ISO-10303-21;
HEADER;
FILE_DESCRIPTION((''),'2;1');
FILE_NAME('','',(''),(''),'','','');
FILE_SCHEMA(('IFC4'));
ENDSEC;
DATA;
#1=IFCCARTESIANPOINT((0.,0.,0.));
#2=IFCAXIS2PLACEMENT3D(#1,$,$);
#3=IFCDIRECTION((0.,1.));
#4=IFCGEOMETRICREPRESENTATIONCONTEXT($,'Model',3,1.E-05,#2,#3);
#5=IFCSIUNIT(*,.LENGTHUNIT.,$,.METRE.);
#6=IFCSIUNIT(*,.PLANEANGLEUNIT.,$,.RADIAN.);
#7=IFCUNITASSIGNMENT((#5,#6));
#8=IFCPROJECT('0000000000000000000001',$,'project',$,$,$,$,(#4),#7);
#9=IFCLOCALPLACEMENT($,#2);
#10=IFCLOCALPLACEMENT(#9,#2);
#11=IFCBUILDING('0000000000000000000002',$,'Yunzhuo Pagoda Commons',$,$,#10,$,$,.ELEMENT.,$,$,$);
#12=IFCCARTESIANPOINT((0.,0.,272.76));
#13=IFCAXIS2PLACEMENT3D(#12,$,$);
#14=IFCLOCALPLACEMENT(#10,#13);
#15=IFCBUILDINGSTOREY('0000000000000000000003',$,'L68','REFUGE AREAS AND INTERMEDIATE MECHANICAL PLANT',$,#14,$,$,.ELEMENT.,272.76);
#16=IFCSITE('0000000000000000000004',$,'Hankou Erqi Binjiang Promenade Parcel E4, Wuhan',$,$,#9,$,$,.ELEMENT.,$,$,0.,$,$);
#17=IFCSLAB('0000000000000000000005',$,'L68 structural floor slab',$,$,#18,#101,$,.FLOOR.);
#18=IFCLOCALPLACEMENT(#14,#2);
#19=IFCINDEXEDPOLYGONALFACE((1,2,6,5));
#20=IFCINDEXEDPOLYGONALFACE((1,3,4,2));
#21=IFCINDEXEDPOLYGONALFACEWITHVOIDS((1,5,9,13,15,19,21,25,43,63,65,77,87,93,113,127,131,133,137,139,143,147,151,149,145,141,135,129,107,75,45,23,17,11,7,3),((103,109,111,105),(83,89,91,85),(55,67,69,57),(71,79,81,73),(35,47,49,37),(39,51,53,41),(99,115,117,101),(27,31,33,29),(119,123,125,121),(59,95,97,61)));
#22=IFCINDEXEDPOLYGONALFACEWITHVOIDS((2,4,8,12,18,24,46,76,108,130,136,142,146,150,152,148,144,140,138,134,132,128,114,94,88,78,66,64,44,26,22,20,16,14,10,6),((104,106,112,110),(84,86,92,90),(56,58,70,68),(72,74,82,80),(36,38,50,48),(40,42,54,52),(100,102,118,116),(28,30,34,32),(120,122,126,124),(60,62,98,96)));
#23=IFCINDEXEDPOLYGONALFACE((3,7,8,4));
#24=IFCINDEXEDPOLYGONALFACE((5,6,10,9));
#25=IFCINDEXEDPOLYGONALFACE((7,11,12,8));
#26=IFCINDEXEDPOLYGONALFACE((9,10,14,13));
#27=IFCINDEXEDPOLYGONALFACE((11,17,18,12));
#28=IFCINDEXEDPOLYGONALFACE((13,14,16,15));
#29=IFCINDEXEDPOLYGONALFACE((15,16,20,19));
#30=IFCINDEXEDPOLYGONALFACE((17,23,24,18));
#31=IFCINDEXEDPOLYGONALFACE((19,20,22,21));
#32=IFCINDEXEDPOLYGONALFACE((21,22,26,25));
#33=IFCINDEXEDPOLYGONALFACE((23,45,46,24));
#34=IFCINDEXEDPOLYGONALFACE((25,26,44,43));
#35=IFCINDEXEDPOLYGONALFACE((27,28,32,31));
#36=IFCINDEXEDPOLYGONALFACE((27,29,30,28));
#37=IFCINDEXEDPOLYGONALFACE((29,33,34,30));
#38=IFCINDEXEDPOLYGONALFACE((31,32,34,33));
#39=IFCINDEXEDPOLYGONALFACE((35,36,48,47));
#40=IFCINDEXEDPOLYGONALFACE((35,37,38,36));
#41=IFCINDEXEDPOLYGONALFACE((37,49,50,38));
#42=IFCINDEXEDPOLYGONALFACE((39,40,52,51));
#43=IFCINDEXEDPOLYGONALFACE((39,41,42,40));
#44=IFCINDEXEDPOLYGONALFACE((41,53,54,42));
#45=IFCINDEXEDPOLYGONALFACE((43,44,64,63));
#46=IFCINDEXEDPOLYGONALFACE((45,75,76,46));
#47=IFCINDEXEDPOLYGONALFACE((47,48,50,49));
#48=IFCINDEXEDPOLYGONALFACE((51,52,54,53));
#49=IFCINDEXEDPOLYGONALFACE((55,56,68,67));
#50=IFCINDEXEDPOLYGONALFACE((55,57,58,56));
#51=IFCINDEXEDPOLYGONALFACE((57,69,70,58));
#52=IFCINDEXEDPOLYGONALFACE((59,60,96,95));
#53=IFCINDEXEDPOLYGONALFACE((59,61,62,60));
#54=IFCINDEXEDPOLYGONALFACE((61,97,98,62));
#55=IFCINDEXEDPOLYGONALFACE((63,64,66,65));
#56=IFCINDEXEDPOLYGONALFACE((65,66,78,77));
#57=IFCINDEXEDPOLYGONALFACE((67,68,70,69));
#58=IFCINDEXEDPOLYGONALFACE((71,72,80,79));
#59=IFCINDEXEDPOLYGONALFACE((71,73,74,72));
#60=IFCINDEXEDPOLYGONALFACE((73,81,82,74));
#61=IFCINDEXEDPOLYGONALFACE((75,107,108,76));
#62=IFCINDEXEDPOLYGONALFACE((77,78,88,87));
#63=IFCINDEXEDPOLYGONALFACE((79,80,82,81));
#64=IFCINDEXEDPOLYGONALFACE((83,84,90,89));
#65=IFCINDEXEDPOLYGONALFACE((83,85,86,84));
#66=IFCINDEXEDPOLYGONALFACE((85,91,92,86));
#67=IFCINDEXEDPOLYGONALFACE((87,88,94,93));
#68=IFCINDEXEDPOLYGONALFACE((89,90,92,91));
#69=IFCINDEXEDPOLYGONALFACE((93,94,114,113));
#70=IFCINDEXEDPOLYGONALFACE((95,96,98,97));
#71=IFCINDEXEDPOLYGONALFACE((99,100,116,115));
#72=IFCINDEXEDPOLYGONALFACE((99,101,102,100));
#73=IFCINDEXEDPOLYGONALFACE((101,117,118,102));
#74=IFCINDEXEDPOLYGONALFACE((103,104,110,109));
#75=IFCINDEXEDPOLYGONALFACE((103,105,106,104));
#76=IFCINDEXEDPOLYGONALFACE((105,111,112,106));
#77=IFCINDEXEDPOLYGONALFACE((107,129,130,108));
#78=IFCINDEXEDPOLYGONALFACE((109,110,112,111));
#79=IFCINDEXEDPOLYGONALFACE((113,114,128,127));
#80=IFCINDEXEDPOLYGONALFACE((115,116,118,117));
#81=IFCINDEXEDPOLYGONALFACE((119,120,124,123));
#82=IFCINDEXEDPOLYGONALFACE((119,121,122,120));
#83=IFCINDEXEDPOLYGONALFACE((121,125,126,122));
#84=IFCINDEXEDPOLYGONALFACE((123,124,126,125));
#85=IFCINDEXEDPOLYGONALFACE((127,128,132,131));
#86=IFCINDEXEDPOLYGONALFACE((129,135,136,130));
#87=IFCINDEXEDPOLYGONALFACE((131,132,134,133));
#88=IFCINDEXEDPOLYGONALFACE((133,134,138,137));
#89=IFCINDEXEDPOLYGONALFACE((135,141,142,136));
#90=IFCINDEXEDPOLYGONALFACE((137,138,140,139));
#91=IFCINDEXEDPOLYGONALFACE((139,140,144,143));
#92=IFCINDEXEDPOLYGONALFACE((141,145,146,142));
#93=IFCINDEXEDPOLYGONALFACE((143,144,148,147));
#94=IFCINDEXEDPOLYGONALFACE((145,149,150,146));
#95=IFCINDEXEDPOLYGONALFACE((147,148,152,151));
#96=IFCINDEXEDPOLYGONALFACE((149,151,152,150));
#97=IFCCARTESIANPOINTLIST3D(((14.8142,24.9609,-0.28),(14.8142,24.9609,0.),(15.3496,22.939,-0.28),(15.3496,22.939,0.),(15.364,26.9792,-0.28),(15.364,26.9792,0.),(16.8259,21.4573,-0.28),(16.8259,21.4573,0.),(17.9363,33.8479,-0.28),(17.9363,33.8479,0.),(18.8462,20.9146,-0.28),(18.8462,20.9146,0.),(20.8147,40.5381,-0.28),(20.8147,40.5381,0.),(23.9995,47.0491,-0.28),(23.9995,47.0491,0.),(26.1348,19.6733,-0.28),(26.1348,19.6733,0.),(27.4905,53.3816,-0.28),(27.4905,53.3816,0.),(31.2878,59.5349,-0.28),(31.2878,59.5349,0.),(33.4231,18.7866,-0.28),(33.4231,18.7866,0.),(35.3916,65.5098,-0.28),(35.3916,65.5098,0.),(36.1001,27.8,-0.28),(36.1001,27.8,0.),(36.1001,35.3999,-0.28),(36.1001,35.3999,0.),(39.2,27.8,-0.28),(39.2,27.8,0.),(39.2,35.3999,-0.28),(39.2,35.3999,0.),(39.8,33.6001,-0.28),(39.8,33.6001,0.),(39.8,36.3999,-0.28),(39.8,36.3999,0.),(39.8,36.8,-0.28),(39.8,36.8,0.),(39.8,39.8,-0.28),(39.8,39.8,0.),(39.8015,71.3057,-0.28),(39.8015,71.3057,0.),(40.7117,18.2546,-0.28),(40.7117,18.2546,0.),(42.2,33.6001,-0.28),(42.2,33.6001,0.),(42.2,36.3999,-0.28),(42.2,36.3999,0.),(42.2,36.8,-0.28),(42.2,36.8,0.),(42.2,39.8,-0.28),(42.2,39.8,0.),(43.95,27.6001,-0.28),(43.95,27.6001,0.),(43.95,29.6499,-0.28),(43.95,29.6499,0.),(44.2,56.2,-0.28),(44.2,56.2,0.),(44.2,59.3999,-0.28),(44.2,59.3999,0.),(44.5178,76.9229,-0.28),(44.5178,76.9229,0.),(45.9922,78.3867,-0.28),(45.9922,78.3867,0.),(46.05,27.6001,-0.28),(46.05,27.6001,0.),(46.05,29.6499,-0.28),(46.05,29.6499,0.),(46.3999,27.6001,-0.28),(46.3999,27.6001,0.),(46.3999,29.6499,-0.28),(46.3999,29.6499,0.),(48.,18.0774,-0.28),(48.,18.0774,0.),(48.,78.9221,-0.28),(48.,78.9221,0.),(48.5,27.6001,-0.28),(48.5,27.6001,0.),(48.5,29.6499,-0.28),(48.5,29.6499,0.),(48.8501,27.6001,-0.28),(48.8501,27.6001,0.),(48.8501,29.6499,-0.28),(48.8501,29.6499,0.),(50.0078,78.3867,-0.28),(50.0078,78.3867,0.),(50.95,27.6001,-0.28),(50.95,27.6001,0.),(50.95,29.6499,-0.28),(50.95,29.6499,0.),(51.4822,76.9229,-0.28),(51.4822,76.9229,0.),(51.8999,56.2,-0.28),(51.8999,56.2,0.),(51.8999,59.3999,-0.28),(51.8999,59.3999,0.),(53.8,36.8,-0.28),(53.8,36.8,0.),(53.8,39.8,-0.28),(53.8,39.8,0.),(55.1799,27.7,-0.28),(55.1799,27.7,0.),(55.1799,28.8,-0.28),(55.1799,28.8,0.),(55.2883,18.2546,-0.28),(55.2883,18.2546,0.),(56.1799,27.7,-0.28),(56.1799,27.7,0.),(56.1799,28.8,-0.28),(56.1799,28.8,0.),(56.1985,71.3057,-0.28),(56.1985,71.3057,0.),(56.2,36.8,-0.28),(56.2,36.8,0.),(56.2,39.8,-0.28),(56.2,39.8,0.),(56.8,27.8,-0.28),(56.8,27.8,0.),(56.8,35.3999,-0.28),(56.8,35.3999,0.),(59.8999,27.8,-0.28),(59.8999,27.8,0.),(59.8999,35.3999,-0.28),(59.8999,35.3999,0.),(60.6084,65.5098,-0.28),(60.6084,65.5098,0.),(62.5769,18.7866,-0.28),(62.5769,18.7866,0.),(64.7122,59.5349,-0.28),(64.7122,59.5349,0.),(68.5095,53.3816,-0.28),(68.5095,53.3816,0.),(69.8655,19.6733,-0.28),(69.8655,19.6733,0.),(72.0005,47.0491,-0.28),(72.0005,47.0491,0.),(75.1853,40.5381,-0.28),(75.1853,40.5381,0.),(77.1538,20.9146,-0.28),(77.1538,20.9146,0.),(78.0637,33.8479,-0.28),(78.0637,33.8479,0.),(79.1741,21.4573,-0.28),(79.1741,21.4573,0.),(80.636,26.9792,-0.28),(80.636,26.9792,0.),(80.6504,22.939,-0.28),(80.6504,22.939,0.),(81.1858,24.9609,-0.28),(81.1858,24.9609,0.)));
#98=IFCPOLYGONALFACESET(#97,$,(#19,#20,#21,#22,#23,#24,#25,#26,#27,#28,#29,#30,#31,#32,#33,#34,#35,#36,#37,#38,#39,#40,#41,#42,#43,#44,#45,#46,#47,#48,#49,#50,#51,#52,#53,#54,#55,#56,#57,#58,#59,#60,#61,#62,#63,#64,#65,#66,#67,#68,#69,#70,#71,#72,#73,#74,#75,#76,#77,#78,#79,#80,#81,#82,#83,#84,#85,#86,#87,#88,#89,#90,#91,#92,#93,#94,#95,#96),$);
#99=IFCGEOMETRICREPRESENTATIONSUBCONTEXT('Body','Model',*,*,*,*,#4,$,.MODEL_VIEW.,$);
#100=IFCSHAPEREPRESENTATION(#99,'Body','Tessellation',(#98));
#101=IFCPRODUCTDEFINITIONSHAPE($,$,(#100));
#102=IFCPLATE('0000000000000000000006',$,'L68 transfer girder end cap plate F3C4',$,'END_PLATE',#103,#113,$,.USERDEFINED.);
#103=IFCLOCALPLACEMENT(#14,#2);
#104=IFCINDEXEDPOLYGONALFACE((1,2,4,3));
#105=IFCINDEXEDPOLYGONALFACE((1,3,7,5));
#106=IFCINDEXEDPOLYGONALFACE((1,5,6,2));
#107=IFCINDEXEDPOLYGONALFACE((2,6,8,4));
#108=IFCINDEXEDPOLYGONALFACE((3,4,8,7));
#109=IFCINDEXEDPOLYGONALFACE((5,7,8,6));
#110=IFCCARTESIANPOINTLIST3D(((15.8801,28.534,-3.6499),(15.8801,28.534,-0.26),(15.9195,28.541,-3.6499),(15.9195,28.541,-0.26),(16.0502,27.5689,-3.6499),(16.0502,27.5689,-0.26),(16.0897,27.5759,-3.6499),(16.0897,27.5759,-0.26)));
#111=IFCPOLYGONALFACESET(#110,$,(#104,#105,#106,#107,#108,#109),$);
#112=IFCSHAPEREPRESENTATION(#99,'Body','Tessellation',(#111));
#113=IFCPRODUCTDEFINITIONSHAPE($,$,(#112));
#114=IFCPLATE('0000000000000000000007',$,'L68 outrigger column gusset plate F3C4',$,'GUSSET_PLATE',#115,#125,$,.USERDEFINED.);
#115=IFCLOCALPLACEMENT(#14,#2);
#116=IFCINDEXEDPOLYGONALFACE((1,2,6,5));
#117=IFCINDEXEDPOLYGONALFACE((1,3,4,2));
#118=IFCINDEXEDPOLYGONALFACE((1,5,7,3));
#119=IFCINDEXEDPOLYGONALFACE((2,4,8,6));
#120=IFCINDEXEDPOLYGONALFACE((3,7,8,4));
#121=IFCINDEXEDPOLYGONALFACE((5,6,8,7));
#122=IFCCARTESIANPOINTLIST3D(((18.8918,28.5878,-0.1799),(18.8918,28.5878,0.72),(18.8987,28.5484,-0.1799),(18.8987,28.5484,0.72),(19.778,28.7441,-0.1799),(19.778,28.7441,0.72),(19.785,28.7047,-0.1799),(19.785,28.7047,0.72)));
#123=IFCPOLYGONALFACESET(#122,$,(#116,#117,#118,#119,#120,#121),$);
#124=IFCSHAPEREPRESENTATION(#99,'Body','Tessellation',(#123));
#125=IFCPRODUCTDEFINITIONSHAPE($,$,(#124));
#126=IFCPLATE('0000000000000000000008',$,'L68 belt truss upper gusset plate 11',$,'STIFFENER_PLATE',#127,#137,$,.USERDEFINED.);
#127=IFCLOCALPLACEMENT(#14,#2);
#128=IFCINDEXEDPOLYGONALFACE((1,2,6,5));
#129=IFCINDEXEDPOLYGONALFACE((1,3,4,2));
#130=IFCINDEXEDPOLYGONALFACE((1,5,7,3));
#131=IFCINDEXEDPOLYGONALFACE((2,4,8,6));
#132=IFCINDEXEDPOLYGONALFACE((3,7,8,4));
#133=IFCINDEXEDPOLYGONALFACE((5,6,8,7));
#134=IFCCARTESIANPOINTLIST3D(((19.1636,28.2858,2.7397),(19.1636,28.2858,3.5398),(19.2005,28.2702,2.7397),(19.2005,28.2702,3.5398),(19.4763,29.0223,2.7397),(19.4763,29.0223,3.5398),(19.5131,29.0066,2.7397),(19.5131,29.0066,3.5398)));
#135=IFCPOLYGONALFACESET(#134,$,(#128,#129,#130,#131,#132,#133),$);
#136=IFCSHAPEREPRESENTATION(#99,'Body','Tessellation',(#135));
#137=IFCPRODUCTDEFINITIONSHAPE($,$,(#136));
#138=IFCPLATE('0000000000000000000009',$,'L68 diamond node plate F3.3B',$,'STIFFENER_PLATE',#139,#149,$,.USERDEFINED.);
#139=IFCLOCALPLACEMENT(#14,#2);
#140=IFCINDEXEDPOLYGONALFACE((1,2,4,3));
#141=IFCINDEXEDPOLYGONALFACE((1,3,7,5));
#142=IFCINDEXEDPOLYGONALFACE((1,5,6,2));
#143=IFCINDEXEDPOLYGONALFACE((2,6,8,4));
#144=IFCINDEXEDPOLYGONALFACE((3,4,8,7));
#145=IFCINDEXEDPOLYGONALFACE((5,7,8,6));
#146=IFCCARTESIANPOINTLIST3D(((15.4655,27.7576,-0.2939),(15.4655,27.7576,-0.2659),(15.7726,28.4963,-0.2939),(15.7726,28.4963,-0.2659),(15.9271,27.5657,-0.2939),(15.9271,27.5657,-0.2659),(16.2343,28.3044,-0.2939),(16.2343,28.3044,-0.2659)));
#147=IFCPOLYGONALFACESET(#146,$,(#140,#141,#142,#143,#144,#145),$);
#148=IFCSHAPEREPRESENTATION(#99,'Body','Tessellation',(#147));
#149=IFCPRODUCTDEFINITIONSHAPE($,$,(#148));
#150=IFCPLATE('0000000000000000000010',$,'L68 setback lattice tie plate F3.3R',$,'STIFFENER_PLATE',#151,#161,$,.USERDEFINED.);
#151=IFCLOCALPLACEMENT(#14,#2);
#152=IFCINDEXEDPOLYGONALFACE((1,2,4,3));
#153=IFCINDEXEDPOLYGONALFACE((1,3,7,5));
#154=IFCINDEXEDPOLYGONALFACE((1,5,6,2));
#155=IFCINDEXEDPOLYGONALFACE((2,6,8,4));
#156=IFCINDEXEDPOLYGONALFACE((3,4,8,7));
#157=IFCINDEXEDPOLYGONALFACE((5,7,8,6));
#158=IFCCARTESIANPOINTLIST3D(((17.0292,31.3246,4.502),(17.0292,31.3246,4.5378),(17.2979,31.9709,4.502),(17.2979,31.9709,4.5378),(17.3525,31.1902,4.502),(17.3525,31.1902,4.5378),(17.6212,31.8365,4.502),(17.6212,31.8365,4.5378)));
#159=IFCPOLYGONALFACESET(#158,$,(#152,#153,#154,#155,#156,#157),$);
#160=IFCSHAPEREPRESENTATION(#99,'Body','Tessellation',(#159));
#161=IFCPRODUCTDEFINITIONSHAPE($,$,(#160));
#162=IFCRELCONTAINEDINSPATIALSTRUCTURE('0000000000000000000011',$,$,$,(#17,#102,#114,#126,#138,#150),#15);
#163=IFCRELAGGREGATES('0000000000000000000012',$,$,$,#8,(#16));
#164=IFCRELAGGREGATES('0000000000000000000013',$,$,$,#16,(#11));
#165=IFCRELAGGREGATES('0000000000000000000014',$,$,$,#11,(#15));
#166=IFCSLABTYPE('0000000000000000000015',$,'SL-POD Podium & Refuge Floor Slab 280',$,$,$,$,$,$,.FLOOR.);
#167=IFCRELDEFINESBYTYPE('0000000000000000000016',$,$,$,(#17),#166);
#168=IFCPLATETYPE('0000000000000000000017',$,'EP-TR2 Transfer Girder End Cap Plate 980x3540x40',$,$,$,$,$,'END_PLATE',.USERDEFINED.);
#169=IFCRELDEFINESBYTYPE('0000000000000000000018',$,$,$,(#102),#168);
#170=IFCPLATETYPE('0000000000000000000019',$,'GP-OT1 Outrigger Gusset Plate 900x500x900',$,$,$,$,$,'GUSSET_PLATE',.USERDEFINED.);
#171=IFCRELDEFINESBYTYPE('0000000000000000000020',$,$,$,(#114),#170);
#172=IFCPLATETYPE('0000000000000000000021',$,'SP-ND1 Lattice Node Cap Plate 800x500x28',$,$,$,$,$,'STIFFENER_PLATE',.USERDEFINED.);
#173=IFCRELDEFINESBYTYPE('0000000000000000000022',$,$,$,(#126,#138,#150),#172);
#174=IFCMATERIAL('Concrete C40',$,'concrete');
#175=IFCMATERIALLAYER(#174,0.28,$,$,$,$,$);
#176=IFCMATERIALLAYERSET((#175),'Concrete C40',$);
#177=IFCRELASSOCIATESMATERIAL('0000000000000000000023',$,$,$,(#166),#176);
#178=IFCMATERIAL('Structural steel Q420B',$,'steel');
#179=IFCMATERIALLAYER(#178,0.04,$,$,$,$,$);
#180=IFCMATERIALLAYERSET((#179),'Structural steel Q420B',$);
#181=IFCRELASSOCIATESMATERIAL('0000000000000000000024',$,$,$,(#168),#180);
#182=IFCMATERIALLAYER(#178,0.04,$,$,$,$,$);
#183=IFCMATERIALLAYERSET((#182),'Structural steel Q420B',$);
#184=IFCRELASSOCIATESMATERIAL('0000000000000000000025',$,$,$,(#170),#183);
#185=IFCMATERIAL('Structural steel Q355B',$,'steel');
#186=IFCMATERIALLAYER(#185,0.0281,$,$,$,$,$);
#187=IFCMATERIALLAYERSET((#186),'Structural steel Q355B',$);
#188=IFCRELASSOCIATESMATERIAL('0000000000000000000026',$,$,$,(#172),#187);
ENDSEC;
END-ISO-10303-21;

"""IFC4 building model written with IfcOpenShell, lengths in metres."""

from ifc_helpers import new_model, si_unit, direction, frame, origin, origin_2d, place, context, subcontext, project, spatial, polyline, rectangle, outline, extrude, source, transform, mapped, material, layer, layer_set, type_object, element, save


model = new_model("IFC4")

# Units and contexts
model_context = context("Model", 3, precision=1e-05, world=origin(), true_north=direction((0.0, 1.0)))
body_context = subcontext(model_context, "Body", "Model", "MODEL_VIEW")
ifc_project = project(units=[si_unit("LENGTHUNIT", "METRE"), si_unit("PLANEANGLEUNIT", "RADIAN")], contexts=[model_context])

# Site, building, storey
site_placement = place(None, origin())
site = spatial("IfcSite", under=ifc_project, at=site_placement, Name="Hankou Erqi Binjiang Promenade Parcel E4, Wuhan", CompositionType="ELEMENT", RefElevation=0.0)
building_placement = place(site_placement, origin())
building = spatial("IfcBuilding", under=site, at=building_placement, Name="Yunzhuo Pagoda Commons", CompositionType="ELEMENT")
storey_placement = place(building_placement, frame((0.0, 0.0, 272.76)))
storey = spatial("IfcBuildingStorey", under=building, at=storey_placement, Name="L68", Description="REFUGE AREAS AND INTERMEDIATE MECHANICAL PLANT", CompositionType="ELEMENT", Elevation=272.76)

# Shared definitions
ifc_material_1 = material(Name="Structural steel Q355B", Category="steel")

# Shared definitions
ifc_material_2 = material(Name="Structural steel Q420B", Category="steel")

# Shared definitions
ifc_material_3 = material(Name="Concrete C40", Category="concrete")

# Slab
ifc_layer_1 = layer(ifc_material_3, 0.28)
ifc_layer_set_1 = layer_set([ifc_layer_1], Name="Concrete C40")
slab_type_1 = type_object("IfcSlabType", Name="SL-POD Podium & Refuge Floor Slab 280", PredefinedType="FLOOR", material=ifc_layer_set_1)
slab_1_placement = place(storey_placement, frame((0.0, 0.0, -0.28)))
element("IfcSlab", 1, at=slab_1_placement, inside=storey, type_object=slab_type_1, Name="L68 structural floor slab", PredefinedType="FLOOR", context=body_context, shape_type="SweptSolid", body=[
    extrude(outline(polyline([(17.9363, 33.8479), (20.8147, 40.5381), (23.9995, 47.0491), (27.4905, 53.3816), (31.2878, 59.5349), (35.3916, 65.5098), (39.8015, 71.3057), (44.5178, 76.9229), (45.9922, 78.3867), (48.0, 78.9221), (50.0078, 78.3867), (51.4822, 76.9229), (56.1985, 71.3057), (60.6084, 65.5098), (64.7122, 59.5349), (68.5095, 53.3816), (72.0005, 47.0491), (75.1853, 40.5381), (78.0637, 33.8479), (80.636, 26.9792), (81.1858, 24.9609), (80.6504, 22.939), (79.1741, 21.4573), (77.1538, 20.9146), (69.8655, 19.6733), (62.5769, 18.7866), (55.2883, 18.2546), (48.0, 18.0774), (40.7117, 18.2546), (33.4231, 18.7866), (26.1348, 19.6733), (18.8462, 20.9146), (16.8259, 21.4573), (15.3496, 22.939), (14.8142, 24.9609), (15.364, 26.9792), (17.9363, 33.8479)]), holes=[polyline([(56.1799, 28.8), (55.1799, 28.8), (55.1799, 27.7), (56.1799, 27.7), (56.1799, 28.8)]), polyline([(46.05, 29.6499), (43.95, 29.6499), (43.95, 27.6001), (46.05, 27.6001), (46.05, 29.6499)]), polyline([(48.5, 29.6499), (46.3999, 29.6499), (46.3999, 27.6001), (48.5, 27.6001), (48.5, 29.6499)]), polyline([(50.95, 27.6001), (50.95, 29.6499), (48.8501, 29.6499), (48.8501, 27.6001), (50.95, 27.6001)]), polyline([(36.1001, 27.8), (39.2, 27.8), (39.2, 35.3999), (36.1001, 35.3999), (36.1001, 27.8)]), polyline([(59.8999, 27.8), (59.8999, 35.3999), (56.8, 35.3999), (56.8, 27.8), (59.8999, 27.8)]), polyline([(42.2, 36.3999), (39.8, 36.3999), (39.8, 33.6001), (42.2, 33.6001), (42.2, 36.3999)]), polyline([(42.2, 39.8), (39.8, 39.8), (39.8, 36.8), (42.2, 36.8), (42.2, 39.8)]), polyline([(56.2, 36.8), (56.2, 39.8), (53.8, 39.8), (53.8, 36.8), (56.2, 36.8)]), polyline([(51.8999, 56.2), (51.8999, 59.3999), (44.2, 59.3999), (44.2, 56.2), (51.8999, 56.2)])]), origin(), (0.0, 0.0, 1.0), 0.28),
])

# Plates
ifc_layer_2 = layer(ifc_material_2, 0.04)
ifc_layer_set_2 = layer_set([ifc_layer_2], Name="Structural steel Q420B")
plate_type_1 = type_object("IfcPlateType", Name="EP-TR2 Transfer Girder End Cap Plate 980x3540x40", ElementType="END_PLATE", PredefinedType="USERDEFINED", material=ifc_layer_set_2)
shared_shape_1 = source(origin(), body_context, "Body", "SweptSolid", [
    extrude(rectangle(XDim=0.98, YDim=0.04, at=origin_2d()), origin(), (0.0, 0.0, 1.0), 3.3899),
])
plate_1_placement = place(storey_placement, frame((15.9849, 28.0549, -3.6499), z_axis=(0.0, 0.0, 1.0), x_axis=(0.173648, -0.984808, 0.0)))
element("IfcPlate", 2, at=plate_1_placement, inside=storey, type_object=plate_type_1, Name="L68 transfer girder end cap plate F3C4", ObjectType="END_PLATE", PredefinedType="USERDEFINED", context=body_context, shape_type="MappedRepresentation", body=[
    mapped(shared_shape_1, transform((0.0, 0.0, 0.0), scale=1.0)),
])
ifc_layer_3 = layer(ifc_material_2, 0.04)
ifc_layer_set_3 = layer_set([ifc_layer_3], Name="Structural steel Q420B")
plate_type_2 = type_object("IfcPlateType", Name="GP-OT1 Outrigger Gusset Plate 900x500x900", ElementType="GUSSET_PLATE", PredefinedType="USERDEFINED", material=ifc_layer_set_3)
shared_shape_2 = source(origin(), body_context, "Body", "SweptSolid", [
    extrude(rectangle(XDim=0.8999, YDim=0.04, at=origin_2d()), origin(), (0.0, 0.0, 1.0), 0.8999),
])
plate_2_placement = place(storey_placement, frame((19.3384, 28.6462, -0.1799), z_axis=(0.0, 0.0, 1.0), x_axis=(-0.984808, -0.173648, 0.0)))
element("IfcPlate", 3, at=plate_2_placement, inside=storey, type_object=plate_type_2, Name="L68 outrigger column gusset plate F3C4", ObjectType="GUSSET_PLATE", PredefinedType="USERDEFINED", context=body_context, shape_type="MappedRepresentation", body=[
    mapped(shared_shape_2, transform((0.0, 0.0, 0.0), scale=1.0)),
])
ifc_layer_4 = layer(ifc_material_1, 0.0281)
ifc_layer_set_4 = layer_set([ifc_layer_4], Name="Structural steel Q355B")
plate_type_3 = type_object("IfcPlateType", Name="SP-ND1 Lattice Node Cap Plate 800x500x28", ElementType="STIFFENER_PLATE", PredefinedType="USERDEFINED", material=ifc_layer_set_4)
shared_shape_3 = source(origin(), body_context, "Body", "SweptSolid", [
    extrude(rectangle(XDim=0.8, YDim=0.04, at=origin_2d()), origin(), (0.0, 0.0, 1.0), 0.8),
])
plate_3_placement = place(storey_placement, frame((19.3384, 28.6462, 2.7397), z_axis=(0.0, 0.0, 1.0), x_axis=(-0.390747, -0.920498, 0.0)))
element("IfcPlate", 4, at=plate_3_placement, inside=storey, type_object=plate_type_3, Name="L68 belt truss upper gusset plate 11", ObjectType="STIFFENER_PLATE", PredefinedType="USERDEFINED", context=body_context, shape_type="MappedRepresentation", body=[
    mapped(shared_shape_3, transform((0.0, 0.0, 0.0), scale=1.0)),
])
shared_shape_4 = source(origin(), body_context, "Body", "SweptSolid", [
    extrude(rectangle(XDim=0.8, YDim=0.5, at=origin_2d()), origin(), (0.0, 0.0, 1.0), 0.0281),
])
plate_4_placement = place(storey_placement, frame((15.8499, 28.031, -0.2939), z_axis=(0.0, 0.0, 1.0), x_axis=(-0.38386, -0.923391, 0.0)))
element("IfcPlate", 5, at=plate_4_placement, inside=storey, type_object=plate_type_3, Name="L68 diamond node plate F3.3B", ObjectType="STIFFENER_PLATE", PredefinedType="USERDEFINED", context=body_context, shape_type="MappedRepresentation", body=[
    mapped(shared_shape_4, transform((0.0, 0.0, 0.0), scale=1.0)),
])
shared_shape_5 = source(origin(), body_context, "Body", "SweptSolid", [
    extrude(rectangle(XDim=0.7, YDim=0.3501, at=origin_2d()), origin(), (0.0, 0.0, 1.0), 0.0359),
])
plate_5_placement = place(storey_placement, frame((17.3252, 31.5806, 4.502), z_axis=(0.0, 0.0, 1.0), x_axis=(-0.38386, -0.923391, 0.0)))
element("IfcPlate", 6, at=plate_5_placement, inside=storey, type_object=plate_type_3, Name="L68 setback lattice tie plate F3.3R", ObjectType="STIFFENER_PLATE", PredefinedType="USERDEFINED", context=body_context, shape_type="MappedRepresentation", body=[
    mapped(shared_shape_5, transform((0.0, 0.0, 0.0), scale=1.0)),
])

save(model, "model.ifc")
